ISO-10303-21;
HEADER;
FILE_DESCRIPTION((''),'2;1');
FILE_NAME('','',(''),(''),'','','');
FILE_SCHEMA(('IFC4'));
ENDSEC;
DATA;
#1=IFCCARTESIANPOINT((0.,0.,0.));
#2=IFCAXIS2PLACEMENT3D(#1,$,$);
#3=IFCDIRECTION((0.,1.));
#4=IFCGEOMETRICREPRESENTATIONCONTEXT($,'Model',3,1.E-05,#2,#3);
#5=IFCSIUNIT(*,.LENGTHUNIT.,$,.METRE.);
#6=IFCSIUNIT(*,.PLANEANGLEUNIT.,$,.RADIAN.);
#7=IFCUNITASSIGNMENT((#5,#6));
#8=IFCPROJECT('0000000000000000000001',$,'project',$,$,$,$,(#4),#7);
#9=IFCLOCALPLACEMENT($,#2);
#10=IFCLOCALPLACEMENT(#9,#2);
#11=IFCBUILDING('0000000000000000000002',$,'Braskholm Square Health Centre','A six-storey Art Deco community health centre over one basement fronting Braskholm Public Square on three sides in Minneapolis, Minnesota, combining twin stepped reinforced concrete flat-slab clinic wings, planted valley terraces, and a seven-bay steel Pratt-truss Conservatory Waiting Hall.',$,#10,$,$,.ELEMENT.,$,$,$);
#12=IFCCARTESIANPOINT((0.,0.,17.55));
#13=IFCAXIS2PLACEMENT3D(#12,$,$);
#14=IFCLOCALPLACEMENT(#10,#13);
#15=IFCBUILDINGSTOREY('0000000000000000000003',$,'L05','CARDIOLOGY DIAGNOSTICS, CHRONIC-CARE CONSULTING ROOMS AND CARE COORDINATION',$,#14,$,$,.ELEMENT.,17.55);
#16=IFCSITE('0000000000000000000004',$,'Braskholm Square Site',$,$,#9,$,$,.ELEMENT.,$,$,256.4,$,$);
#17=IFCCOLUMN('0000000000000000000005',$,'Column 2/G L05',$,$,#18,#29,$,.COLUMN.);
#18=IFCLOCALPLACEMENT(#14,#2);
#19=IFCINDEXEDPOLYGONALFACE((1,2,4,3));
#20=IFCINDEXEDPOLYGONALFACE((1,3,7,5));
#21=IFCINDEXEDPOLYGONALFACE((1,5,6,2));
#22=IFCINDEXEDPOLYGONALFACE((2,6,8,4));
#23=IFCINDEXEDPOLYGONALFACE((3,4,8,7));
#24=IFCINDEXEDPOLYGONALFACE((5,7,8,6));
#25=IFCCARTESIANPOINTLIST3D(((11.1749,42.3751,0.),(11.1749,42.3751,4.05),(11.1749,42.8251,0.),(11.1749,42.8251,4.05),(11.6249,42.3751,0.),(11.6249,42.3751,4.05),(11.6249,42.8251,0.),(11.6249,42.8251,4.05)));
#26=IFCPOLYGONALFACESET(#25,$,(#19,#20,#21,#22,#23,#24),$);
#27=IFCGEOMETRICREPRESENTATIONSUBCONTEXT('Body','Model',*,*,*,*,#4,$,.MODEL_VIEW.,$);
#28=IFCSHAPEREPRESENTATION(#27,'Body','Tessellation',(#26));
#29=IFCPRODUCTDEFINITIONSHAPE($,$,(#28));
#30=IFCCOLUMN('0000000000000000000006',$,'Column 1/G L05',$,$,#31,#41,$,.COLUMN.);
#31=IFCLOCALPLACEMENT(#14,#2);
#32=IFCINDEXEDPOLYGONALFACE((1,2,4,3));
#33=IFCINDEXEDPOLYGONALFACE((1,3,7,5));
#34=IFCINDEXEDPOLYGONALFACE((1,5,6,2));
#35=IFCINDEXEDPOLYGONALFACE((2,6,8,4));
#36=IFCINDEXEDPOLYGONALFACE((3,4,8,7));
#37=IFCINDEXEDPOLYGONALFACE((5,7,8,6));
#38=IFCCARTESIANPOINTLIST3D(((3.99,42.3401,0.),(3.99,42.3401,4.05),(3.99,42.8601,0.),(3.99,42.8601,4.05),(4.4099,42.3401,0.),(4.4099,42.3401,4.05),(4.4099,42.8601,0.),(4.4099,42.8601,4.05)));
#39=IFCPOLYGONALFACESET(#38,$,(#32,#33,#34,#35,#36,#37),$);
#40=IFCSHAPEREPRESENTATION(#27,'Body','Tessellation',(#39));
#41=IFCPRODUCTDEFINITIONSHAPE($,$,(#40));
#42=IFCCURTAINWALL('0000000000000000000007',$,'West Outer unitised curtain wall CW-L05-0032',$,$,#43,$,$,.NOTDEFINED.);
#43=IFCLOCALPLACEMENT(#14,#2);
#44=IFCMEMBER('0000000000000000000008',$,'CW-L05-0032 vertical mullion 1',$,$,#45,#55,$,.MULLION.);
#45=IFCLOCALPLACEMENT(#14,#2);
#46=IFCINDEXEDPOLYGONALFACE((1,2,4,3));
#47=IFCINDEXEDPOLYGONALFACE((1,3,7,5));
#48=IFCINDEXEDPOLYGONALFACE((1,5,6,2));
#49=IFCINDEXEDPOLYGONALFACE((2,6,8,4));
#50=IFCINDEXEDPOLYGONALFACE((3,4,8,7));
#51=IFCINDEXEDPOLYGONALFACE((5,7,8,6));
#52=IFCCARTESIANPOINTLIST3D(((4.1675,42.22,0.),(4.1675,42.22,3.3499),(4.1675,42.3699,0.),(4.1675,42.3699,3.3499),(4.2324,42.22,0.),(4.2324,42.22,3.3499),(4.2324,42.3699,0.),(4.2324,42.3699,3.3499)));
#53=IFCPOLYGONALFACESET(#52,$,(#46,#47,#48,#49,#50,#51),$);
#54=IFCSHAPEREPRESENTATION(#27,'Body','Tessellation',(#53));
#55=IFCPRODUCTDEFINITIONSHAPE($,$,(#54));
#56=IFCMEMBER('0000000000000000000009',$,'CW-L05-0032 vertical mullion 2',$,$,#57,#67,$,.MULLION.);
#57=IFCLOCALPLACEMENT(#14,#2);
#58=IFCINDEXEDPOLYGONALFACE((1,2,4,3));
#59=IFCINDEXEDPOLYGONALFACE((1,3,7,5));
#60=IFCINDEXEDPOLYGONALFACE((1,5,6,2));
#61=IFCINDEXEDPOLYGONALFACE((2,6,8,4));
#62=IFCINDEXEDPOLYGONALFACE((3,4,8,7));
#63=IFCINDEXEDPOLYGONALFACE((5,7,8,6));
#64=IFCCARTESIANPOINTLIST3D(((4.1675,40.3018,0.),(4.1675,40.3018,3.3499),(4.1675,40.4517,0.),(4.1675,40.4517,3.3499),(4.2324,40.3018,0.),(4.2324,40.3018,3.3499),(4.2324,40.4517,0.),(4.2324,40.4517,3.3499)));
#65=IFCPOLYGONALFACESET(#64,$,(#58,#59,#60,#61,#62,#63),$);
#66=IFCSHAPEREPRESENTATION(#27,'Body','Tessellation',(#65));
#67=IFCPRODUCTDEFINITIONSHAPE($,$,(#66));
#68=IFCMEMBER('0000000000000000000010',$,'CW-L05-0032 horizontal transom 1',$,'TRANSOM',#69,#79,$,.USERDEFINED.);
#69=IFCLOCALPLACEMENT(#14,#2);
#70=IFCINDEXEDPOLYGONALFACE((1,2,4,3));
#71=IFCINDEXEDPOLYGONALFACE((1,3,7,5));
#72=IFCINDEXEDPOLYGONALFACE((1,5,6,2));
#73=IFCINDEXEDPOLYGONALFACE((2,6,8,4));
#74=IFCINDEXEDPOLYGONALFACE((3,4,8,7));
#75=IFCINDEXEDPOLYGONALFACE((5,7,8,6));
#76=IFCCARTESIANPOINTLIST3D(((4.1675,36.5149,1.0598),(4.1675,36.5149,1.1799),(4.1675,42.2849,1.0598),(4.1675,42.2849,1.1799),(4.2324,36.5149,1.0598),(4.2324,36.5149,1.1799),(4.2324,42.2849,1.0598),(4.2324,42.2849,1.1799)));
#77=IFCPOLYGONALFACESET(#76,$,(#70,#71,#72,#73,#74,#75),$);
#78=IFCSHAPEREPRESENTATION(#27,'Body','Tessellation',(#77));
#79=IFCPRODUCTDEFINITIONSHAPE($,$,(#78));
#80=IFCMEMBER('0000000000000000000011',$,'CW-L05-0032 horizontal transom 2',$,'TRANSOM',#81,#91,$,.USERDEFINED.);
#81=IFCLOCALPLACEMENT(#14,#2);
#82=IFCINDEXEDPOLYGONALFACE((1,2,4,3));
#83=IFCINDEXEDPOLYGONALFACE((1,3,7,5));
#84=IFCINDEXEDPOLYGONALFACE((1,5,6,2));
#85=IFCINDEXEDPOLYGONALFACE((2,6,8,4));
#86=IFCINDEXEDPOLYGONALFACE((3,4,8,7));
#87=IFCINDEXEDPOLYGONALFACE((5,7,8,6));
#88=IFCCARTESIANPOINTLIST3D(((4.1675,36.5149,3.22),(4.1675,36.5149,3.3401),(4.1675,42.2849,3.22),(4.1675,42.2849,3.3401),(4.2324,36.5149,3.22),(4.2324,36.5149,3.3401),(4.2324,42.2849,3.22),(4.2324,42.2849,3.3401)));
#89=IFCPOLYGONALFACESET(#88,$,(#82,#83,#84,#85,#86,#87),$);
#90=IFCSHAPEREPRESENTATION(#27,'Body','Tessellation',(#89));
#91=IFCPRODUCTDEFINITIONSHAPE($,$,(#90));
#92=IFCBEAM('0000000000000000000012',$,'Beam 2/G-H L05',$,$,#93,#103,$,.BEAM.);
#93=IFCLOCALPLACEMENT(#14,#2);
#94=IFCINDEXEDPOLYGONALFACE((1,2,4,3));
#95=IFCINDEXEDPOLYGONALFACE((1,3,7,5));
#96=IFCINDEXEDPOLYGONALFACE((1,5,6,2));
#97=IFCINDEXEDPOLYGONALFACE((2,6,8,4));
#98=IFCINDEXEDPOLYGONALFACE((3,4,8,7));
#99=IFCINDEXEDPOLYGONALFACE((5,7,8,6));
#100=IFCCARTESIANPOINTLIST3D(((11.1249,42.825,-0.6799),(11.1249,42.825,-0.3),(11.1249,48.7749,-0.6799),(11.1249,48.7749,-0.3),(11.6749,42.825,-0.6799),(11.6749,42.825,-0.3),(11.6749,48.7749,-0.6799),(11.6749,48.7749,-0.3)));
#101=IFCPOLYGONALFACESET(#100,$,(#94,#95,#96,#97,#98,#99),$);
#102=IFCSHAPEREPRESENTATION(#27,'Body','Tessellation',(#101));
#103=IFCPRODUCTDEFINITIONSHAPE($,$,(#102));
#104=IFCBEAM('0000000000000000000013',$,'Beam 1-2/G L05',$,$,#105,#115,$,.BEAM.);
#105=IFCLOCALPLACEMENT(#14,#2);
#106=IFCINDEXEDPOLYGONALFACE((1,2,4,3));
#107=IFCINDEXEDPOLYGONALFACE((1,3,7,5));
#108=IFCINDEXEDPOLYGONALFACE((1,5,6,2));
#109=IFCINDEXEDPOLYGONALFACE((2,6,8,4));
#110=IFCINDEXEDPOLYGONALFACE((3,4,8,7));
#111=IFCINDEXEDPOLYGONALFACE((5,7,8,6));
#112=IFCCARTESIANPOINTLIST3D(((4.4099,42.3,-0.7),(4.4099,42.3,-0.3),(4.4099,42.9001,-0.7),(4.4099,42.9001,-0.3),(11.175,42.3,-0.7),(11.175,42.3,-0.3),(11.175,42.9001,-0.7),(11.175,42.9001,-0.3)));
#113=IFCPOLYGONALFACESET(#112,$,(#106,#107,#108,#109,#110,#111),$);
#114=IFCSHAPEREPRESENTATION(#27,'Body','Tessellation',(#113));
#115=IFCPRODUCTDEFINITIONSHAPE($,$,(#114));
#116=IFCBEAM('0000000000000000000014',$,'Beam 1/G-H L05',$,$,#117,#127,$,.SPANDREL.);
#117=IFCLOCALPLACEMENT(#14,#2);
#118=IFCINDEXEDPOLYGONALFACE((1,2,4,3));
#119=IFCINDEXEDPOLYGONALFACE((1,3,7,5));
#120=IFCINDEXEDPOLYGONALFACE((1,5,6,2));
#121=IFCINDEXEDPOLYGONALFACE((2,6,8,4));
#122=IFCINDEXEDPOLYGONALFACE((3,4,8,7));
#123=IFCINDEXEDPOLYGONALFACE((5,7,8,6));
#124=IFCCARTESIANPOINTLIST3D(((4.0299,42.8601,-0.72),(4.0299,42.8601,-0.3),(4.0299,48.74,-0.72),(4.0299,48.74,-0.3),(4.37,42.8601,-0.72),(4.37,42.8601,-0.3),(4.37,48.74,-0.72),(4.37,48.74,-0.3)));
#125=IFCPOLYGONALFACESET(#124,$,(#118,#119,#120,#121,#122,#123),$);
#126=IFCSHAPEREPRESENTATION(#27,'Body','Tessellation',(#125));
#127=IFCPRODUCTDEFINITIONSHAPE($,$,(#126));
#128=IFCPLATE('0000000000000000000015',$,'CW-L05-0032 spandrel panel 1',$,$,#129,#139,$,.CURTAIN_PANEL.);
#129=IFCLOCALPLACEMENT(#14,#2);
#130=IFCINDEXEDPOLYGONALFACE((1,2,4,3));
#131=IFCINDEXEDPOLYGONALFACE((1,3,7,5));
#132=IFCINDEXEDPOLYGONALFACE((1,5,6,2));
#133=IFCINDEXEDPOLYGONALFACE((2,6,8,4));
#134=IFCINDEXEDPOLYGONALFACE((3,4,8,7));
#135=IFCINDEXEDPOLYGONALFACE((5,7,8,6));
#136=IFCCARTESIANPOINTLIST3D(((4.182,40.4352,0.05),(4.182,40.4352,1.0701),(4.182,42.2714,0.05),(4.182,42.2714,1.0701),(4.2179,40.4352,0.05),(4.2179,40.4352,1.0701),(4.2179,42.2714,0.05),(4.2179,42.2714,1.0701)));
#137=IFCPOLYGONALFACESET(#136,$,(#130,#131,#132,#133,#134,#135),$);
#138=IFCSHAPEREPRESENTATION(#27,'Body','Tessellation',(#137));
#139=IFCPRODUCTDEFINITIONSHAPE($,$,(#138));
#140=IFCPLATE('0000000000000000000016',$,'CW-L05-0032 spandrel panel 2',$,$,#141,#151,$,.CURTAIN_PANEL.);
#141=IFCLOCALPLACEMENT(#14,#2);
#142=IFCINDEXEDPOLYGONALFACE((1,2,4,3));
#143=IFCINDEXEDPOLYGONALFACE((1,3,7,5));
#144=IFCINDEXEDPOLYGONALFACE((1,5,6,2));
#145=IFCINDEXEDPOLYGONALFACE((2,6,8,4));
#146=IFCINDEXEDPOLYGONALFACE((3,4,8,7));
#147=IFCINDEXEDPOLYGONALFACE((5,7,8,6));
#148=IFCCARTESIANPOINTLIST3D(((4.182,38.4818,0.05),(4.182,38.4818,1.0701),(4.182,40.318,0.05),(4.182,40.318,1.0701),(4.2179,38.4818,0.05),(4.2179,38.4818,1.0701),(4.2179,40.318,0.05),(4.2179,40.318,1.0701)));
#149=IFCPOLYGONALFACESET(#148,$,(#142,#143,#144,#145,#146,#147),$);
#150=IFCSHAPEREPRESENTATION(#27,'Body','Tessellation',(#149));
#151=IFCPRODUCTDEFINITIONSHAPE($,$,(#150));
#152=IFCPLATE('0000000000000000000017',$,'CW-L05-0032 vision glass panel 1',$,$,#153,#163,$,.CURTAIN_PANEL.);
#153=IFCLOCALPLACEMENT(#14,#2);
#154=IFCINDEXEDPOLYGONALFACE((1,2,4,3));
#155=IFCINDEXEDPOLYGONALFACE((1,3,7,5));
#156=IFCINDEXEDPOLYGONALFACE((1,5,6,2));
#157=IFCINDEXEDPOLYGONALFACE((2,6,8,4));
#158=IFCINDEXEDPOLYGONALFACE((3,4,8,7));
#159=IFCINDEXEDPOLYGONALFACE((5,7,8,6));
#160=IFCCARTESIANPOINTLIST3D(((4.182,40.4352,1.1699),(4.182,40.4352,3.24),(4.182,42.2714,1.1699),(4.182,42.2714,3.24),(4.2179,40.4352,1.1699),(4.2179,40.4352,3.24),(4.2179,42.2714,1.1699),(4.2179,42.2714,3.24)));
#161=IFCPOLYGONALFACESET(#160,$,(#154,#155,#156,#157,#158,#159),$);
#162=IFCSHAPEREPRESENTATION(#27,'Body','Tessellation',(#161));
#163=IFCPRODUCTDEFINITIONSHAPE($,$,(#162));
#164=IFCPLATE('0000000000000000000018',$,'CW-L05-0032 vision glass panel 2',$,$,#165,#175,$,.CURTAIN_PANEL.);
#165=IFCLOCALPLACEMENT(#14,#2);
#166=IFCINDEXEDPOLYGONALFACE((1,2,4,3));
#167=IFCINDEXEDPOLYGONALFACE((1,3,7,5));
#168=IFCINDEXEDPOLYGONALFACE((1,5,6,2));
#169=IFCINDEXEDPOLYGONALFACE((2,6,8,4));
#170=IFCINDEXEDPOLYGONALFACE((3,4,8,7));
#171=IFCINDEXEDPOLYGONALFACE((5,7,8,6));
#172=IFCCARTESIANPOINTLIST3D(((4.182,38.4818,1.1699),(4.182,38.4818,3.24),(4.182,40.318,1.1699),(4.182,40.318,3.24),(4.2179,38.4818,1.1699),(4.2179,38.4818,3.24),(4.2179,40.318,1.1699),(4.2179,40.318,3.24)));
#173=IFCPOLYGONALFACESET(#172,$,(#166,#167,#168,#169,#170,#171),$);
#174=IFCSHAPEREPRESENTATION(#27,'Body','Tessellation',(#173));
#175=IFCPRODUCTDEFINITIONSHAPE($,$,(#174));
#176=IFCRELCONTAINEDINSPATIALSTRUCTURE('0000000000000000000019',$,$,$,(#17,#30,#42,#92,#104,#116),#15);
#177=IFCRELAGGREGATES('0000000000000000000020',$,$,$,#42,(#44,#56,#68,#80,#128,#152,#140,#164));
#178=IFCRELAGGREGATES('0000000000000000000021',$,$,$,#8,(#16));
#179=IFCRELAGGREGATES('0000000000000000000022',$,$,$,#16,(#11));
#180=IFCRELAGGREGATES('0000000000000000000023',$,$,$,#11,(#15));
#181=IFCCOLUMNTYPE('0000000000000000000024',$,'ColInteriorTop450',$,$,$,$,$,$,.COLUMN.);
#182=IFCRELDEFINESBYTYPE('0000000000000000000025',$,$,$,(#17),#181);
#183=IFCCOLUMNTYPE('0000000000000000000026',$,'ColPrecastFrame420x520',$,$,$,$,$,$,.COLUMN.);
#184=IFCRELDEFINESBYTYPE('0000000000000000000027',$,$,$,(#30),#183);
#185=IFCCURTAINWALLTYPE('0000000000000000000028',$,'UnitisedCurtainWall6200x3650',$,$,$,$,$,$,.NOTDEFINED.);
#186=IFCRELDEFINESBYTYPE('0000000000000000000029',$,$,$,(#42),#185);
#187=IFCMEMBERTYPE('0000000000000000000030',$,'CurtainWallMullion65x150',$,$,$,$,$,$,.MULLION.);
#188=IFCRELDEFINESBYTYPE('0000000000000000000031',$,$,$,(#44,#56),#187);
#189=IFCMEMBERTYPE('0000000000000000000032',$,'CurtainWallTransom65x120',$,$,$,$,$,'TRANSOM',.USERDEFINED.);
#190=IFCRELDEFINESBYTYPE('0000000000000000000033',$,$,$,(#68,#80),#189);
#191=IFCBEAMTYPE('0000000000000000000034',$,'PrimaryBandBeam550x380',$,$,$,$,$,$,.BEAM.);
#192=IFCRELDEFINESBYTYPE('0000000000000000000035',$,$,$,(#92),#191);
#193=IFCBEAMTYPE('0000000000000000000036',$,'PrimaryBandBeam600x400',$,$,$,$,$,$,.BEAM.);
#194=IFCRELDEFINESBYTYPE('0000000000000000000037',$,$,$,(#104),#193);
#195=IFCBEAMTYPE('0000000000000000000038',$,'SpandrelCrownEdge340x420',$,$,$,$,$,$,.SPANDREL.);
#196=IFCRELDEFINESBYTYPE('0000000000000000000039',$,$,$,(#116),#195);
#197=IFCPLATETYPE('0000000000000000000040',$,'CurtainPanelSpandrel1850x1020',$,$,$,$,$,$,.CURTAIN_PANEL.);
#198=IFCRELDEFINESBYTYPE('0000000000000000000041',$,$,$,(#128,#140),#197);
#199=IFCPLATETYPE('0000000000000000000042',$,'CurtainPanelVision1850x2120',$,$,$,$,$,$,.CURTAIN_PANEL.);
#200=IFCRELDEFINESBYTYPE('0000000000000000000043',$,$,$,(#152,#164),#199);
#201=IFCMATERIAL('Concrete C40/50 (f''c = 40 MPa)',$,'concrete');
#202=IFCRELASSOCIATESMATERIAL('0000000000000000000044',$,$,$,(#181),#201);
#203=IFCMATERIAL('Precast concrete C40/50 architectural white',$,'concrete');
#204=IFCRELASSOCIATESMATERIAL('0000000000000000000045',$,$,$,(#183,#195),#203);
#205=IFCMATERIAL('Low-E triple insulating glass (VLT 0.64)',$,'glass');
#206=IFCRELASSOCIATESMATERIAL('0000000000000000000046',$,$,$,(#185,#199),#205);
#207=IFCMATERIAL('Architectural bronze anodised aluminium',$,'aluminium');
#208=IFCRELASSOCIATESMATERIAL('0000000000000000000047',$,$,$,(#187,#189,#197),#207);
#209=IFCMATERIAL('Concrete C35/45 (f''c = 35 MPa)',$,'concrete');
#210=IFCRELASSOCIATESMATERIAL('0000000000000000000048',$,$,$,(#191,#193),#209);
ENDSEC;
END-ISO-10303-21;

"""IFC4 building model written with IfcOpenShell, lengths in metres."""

from ifc_helpers import new_model, si_unit, direction, frame, origin, origin_2d, place, context, subcontext, project, spatial, rectangle, extrude, material, material_profile, profile_set, type_object, element, aggregate, save


model = new_model("IFC4")

# Units and contexts
model_context = context("Model", 3, precision=1e-05, world=origin(), true_north=direction((0.0, 1.0)))
body_context = subcontext(model_context, "Body", "Model", "MODEL_VIEW")
ifc_project = project(units=[si_unit("LENGTHUNIT", "METRE"), si_unit("PLANEANGLEUNIT", "RADIAN")], contexts=[model_context])

# Site, building, storey
site_placement = place(None, origin())
site = spatial("IfcSite", under=ifc_project, at=site_placement, Name="Braskholm Square Site", CompositionType="ELEMENT", RefElevation=256.4)
building_placement = place(site_placement, origin())
building = spatial("IfcBuilding", under=site, at=building_placement, Name="Braskholm Square Health Centre", Description="A six-storey Art Deco community health centre over one basement fronting Braskholm Public Square on three sides in Minneapolis, Minnesota, combining twin stepped reinforced concrete flat-slab clinic wings, planted valley terraces, and a seven-bay steel Pratt-truss Conservatory Waiting Hall.", CompositionType="ELEMENT")
storey_placement = place(building_placement, frame((0.0, 0.0, 17.55)))
storey = spatial("IfcBuildingStorey", under=building, at=storey_placement, Name="L05", Description="CARDIOLOGY DIAGNOSTICS, CHRONIC-CARE CONSULTING ROOMS AND CARE COORDINATION", CompositionType="ELEMENT", Elevation=17.55)

# Columns
ifc_material_1 = material(Name="Concrete C40/50 (f'c = 40 MPa)", Category="concrete")
ifc_material_profile_1 = material_profile(ifc_material_1, rectangle(XDim=0.45, YDim=0.45, at=origin_2d()), Name="RC-450X450")
ifc_profile_set_1 = profile_set([ifc_material_profile_1], Name="Concrete C40/50 (f'c = 40 MPa)")
column_type_1 = type_object("IfcColumnType", Name="ColInteriorTop450", PredefinedType="COLUMN", material=ifc_profile_set_1)
column_1_placement = place(storey_placement, frame((11.3999, 42.6001, 0.0), z_axis=(0.0, 0.0, 1.0), x_axis=(1.0, 0.0, 0.0)))
element("IfcColumn", 1, at=column_1_placement, inside=storey, type_object=column_type_1, Name="Column 2/G L05", PredefinedType="COLUMN", context=body_context, shape_type="SweptSolid", body=[
    extrude(rectangle(XDim=0.45, YDim=0.45, at=origin_2d()), origin(), (0.0, 0.0, 1.0), 4.05),
])
ifc_material_2 = material(Name="Precast concrete C40/50 architectural white", Category="concrete")
ifc_material_profile_2 = material_profile(ifc_material_2, rectangle(XDim=0.4199, YDim=0.52, at=origin_2d()), Name="RC-420X520")
ifc_profile_set_2 = profile_set([ifc_material_profile_2], Name="Precast concrete C40/50 architectural white")
column_type_2 = type_object("IfcColumnType", Name="ColPrecastFrame420x520", PredefinedType="COLUMN", material=ifc_profile_set_2)
column_2_placement = place(storey_placement, frame((4.2, 42.6001, 0.0), z_axis=(0.0, 0.0, 1.0), x_axis=(1.0, 0.0, 0.0)))
element("IfcColumn", 2, at=column_2_placement, inside=storey, type_object=column_type_2, Name="Column 1/G L05", PredefinedType="COLUMN", context=body_context, shape_type="SweptSolid", body=[
    extrude(rectangle(XDim=0.4199, YDim=0.52, at=origin_2d()), origin(), (0.0, 0.0, 1.0), 4.05),
])

# Curtain wall, members
ifc_material_3 = material(Name="Low-E triple insulating glass (VLT 0.64)", Category="glass")
curtain_wall_type = type_object("IfcCurtainWallType", Name="UnitisedCurtainWall6200x3650", PredefinedType="NOTDEFINED", material=ifc_material_3)
curtain_wall_placement = place(storey_placement, origin())
curtain_wall = element("IfcCurtainWall", 3, at=curtain_wall_placement, inside=storey, type_object=curtain_wall_type, Name="West Outer unitised curtain wall CW-L05-0032", PredefinedType="NOTDEFINED")
ifc_material_4 = material(Name="Architectural bronze anodised aluminium", Category="aluminium")
ifc_material_profile_3 = material_profile(ifc_material_4, rectangle(XDim=0.0649, YDim=0.1499, at=origin_2d()), Name="ALU-65X150")
ifc_profile_set_3 = profile_set([ifc_material_profile_3], Name="Architectural bronze anodised aluminium")
member_type_1 = type_object("IfcMemberType", Name="CurtainWallMullion65x150", PredefinedType="MULLION", material=ifc_profile_set_3)
member_1_placement = place(storey_placement, frame((4.2, 42.2949, 0.0), z_axis=(0.0, 0.0, 1.0), x_axis=(1.0, 0.0, 0.0)))
member_1 = element("IfcMember", 4, at=member_1_placement, type_object=member_type_1, Name="CW-L05-0032 vertical mullion 1", PredefinedType="MULLION", context=body_context, shape_type="SweptSolid", body=[
    extrude(rectangle(XDim=0.0649, YDim=0.1499, at=origin_2d()), origin(), (0.0, 0.0, 1.0), 3.3499),
])
member_2_placement = place(storey_placement, frame((4.2, 40.3767, 0.0), z_axis=(0.0, 0.0, 1.0), x_axis=(1.0, 0.0, 0.0)))
member_2 = element("IfcMember", 5, at=member_2_placement, type_object=member_type_1, Name="CW-L05-0032 vertical mullion 2", PredefinedType="MULLION", context=body_context, shape_type="SweptSolid", body=[
    extrude(rectangle(XDim=0.0649, YDim=0.1499, at=origin_2d()), origin(), (0.0, 0.0, 1.0), 3.3499),
])
ifc_material_profile_4 = material_profile(ifc_material_4, rectangle(XDim=0.0649, YDim=0.1201, at=origin_2d()), Name="ALU-65X120")
ifc_profile_set_4 = profile_set([ifc_material_profile_4], Name="Architectural bronze anodised aluminium")
member_type_2 = type_object("IfcMemberType", Name="CurtainWallTransom65x120", ElementType="TRANSOM", PredefinedType="USERDEFINED", material=ifc_profile_set_4)
member_3_placement = place(storey_placement, frame((4.2, 42.2849, 1.1199), z_axis=(0.0, -1.0, 0.0), x_axis=(1.0, 0.0, 0.0)))
member_3 = element("IfcMember", 6, at=member_3_placement, type_object=member_type_2, Name="CW-L05-0032 horizontal transom 1", ObjectType="TRANSOM", PredefinedType="USERDEFINED", context=body_context, shape_type="SweptSolid", body=[
    extrude(rectangle(XDim=0.0649, YDim=0.1201, at=origin_2d()), origin(), (0.0, 0.0, 1.0), 5.77),
])
member_4_placement = place(storey_placement, frame((4.2, 42.2849, 3.28), z_axis=(0.0, -1.0, 0.0), x_axis=(1.0, 0.0, 0.0)))
member_4 = element("IfcMember", 7, at=member_4_placement, type_object=member_type_2, Name="CW-L05-0032 horizontal transom 2", ObjectType="TRANSOM", PredefinedType="USERDEFINED", context=body_context, shape_type="SweptSolid", body=[
    extrude(rectangle(XDim=0.0649, YDim=0.1201, at=origin_2d()), origin(), (0.0, 0.0, 1.0), 5.77),
])

# Beams
ifc_material_5 = material(Name="Concrete C35/45 (f'c = 35 MPa)", Category="concrete")
ifc_material_profile_5 = material_profile(ifc_material_5, rectangle(XDim=0.55, YDim=0.3799, at=origin_2d()), Name="RCB-550X380")
ifc_profile_set_5 = profile_set([ifc_material_profile_5], Name="Concrete C35/45 (f'c = 35 MPa)")
beam_type_1 = type_object("IfcBeamType", Name="PrimaryBandBeam550x380", PredefinedType="BEAM", material=ifc_profile_set_5)
beam_1_placement = place(storey_placement, frame((11.3999, 42.825, -0.49), z_axis=(0.0, 1.0, 0.0), x_axis=(-1.0, 0.0, 0.0)))
element("IfcBeam", 8, at=beam_1_placement, inside=storey, type_object=beam_type_1, Name="Beam 2/G-H L05", PredefinedType="BEAM", context=body_context, shape_type="SweptSolid", body=[
    extrude(rectangle(XDim=0.55, YDim=0.3799, at=origin_2d()), origin(), (0.0, 0.0, 1.0), 5.95),
])
ifc_material_profile_6 = material_profile(ifc_material_5, rectangle(XDim=0.6001, YDim=0.3999, at=origin_2d()), Name="RCB-600X400")
ifc_profile_set_6 = profile_set([ifc_material_profile_6], Name="Concrete C35/45 (f'c = 35 MPa)")
beam_type_2 = type_object("IfcBeamType", Name="PrimaryBandBeam600x400", PredefinedType="BEAM", material=ifc_profile_set_6)
beam_2_placement = place(storey_placement, frame((4.4099, 42.6001, -0.5), z_axis=(1.0, 0.0, 0.0), x_axis=(0.0, 1.0, 0.0)))
element("IfcBeam", 9, at=beam_2_placement, inside=storey, type_object=beam_type_2, Name="Beam 1-2/G L05", PredefinedType="BEAM", context=body_context, shape_type="SweptSolid", body=[
    extrude(rectangle(XDim=0.6001, YDim=0.3999, at=origin_2d()), origin(), (0.0, 0.0, 1.0), 6.7651),
])
ifc_material_profile_7 = material_profile(ifc_material_2, rectangle(XDim=0.3401, YDim=0.4199, at=origin_2d()), Name="RCB-340X420")
ifc_profile_set_7 = profile_set([ifc_material_profile_7], Name="Precast concrete C40/50 architectural white")
beam_type_3 = type_object("IfcBeamType", Name="SpandrelCrownEdge340x420", PredefinedType="SPANDREL", material=ifc_profile_set_7)
beam_3_placement = place(storey_placement, frame((4.2, 42.8601, -0.51), z_axis=(0.0, 1.0, 0.0), x_axis=(-1.0, 0.0, 0.0)))
element("IfcBeam", 10, at=beam_3_placement, inside=storey, type_object=beam_type_3, Name="Beam 1/G-H L05", PredefinedType="SPANDREL", context=body_context, shape_type="SweptSolid", body=[
    extrude(rectangle(XDim=0.3401, YDim=0.4199, at=origin_2d()), origin(), (0.0, 0.0, 1.0), 5.8799),
])

# Plates
plate_type_1 = type_object("IfcPlateType", Name="CurtainPanelSpandrel1850x1020", PredefinedType="CURTAIN_PANEL", material=ifc_material_4)
plate_1_placement = place(storey_placement, frame((4.2, 41.3533, 0.05), z_axis=(0.0, 0.0, 1.0), x_axis=(0.0, -1.0, 0.0)))
plate_1 = element("IfcPlate", 11, at=plate_1_placement, type_object=plate_type_1, Name="CW-L05-0032 spandrel panel 1", PredefinedType="CURTAIN_PANEL", context=body_context, shape_type="SweptSolid", body=[
    extrude(rectangle(XDim=1.8362, YDim=0.0359, at=origin_2d()), origin(), (0.0, 0.0, 1.0), 1.02),
])
plate_2_placement = place(storey_placement, frame((4.2, 39.3999, 0.05), z_axis=(0.0, 0.0, 1.0), x_axis=(0.0, -1.0, 0.0)))
plate_2 = element("IfcPlate", 12, at=plate_2_placement, type_object=plate_type_1, Name="CW-L05-0032 spandrel panel 2", PredefinedType="CURTAIN_PANEL", context=body_context, shape_type="SweptSolid", body=[
    extrude(rectangle(XDim=1.8362, YDim=0.0359, at=origin_2d()), origin(), (0.0, 0.0, 1.0), 1.02),
])
plate_type_2 = type_object("IfcPlateType", Name="CurtainPanelVision1850x2120", PredefinedType="CURTAIN_PANEL", material=ifc_material_3)
plate_3_placement = place(storey_placement, frame((4.2, 41.3533, 1.1699), z_axis=(0.0, 0.0, 1.0), x_axis=(0.0, -1.0, 0.0)))
plate_3 = element("IfcPlate", 13, at=plate_3_placement, type_object=plate_type_2, Name="CW-L05-0032 vision glass panel 1", PredefinedType="CURTAIN_PANEL", context=body_context, shape_type="SweptSolid", body=[
    extrude(rectangle(XDim=1.8362, YDim=0.0359, at=origin_2d()), origin(), (0.0, 0.0, 1.0), 2.0701),
])
plate_4_placement = place(storey_placement, frame((4.2, 39.3999, 1.1699), z_axis=(0.0, 0.0, 1.0), x_axis=(0.0, -1.0, 0.0)))
plate_4 = element("IfcPlate", 14, at=plate_4_placement, type_object=plate_type_2, Name="CW-L05-0032 vision glass panel 2", PredefinedType="CURTAIN_PANEL", context=body_context, shape_type="SweptSolid", body=[
    extrude(rectangle(XDim=1.8362, YDim=0.0359, at=origin_2d()), origin(), (0.0, 0.0, 1.0), 2.0701),
])
aggregate(curtain_wall, [member_1, member_2, member_3, member_4, plate_1, plate_3, plate_2, plate_4])

save(model, "model.ifc")
